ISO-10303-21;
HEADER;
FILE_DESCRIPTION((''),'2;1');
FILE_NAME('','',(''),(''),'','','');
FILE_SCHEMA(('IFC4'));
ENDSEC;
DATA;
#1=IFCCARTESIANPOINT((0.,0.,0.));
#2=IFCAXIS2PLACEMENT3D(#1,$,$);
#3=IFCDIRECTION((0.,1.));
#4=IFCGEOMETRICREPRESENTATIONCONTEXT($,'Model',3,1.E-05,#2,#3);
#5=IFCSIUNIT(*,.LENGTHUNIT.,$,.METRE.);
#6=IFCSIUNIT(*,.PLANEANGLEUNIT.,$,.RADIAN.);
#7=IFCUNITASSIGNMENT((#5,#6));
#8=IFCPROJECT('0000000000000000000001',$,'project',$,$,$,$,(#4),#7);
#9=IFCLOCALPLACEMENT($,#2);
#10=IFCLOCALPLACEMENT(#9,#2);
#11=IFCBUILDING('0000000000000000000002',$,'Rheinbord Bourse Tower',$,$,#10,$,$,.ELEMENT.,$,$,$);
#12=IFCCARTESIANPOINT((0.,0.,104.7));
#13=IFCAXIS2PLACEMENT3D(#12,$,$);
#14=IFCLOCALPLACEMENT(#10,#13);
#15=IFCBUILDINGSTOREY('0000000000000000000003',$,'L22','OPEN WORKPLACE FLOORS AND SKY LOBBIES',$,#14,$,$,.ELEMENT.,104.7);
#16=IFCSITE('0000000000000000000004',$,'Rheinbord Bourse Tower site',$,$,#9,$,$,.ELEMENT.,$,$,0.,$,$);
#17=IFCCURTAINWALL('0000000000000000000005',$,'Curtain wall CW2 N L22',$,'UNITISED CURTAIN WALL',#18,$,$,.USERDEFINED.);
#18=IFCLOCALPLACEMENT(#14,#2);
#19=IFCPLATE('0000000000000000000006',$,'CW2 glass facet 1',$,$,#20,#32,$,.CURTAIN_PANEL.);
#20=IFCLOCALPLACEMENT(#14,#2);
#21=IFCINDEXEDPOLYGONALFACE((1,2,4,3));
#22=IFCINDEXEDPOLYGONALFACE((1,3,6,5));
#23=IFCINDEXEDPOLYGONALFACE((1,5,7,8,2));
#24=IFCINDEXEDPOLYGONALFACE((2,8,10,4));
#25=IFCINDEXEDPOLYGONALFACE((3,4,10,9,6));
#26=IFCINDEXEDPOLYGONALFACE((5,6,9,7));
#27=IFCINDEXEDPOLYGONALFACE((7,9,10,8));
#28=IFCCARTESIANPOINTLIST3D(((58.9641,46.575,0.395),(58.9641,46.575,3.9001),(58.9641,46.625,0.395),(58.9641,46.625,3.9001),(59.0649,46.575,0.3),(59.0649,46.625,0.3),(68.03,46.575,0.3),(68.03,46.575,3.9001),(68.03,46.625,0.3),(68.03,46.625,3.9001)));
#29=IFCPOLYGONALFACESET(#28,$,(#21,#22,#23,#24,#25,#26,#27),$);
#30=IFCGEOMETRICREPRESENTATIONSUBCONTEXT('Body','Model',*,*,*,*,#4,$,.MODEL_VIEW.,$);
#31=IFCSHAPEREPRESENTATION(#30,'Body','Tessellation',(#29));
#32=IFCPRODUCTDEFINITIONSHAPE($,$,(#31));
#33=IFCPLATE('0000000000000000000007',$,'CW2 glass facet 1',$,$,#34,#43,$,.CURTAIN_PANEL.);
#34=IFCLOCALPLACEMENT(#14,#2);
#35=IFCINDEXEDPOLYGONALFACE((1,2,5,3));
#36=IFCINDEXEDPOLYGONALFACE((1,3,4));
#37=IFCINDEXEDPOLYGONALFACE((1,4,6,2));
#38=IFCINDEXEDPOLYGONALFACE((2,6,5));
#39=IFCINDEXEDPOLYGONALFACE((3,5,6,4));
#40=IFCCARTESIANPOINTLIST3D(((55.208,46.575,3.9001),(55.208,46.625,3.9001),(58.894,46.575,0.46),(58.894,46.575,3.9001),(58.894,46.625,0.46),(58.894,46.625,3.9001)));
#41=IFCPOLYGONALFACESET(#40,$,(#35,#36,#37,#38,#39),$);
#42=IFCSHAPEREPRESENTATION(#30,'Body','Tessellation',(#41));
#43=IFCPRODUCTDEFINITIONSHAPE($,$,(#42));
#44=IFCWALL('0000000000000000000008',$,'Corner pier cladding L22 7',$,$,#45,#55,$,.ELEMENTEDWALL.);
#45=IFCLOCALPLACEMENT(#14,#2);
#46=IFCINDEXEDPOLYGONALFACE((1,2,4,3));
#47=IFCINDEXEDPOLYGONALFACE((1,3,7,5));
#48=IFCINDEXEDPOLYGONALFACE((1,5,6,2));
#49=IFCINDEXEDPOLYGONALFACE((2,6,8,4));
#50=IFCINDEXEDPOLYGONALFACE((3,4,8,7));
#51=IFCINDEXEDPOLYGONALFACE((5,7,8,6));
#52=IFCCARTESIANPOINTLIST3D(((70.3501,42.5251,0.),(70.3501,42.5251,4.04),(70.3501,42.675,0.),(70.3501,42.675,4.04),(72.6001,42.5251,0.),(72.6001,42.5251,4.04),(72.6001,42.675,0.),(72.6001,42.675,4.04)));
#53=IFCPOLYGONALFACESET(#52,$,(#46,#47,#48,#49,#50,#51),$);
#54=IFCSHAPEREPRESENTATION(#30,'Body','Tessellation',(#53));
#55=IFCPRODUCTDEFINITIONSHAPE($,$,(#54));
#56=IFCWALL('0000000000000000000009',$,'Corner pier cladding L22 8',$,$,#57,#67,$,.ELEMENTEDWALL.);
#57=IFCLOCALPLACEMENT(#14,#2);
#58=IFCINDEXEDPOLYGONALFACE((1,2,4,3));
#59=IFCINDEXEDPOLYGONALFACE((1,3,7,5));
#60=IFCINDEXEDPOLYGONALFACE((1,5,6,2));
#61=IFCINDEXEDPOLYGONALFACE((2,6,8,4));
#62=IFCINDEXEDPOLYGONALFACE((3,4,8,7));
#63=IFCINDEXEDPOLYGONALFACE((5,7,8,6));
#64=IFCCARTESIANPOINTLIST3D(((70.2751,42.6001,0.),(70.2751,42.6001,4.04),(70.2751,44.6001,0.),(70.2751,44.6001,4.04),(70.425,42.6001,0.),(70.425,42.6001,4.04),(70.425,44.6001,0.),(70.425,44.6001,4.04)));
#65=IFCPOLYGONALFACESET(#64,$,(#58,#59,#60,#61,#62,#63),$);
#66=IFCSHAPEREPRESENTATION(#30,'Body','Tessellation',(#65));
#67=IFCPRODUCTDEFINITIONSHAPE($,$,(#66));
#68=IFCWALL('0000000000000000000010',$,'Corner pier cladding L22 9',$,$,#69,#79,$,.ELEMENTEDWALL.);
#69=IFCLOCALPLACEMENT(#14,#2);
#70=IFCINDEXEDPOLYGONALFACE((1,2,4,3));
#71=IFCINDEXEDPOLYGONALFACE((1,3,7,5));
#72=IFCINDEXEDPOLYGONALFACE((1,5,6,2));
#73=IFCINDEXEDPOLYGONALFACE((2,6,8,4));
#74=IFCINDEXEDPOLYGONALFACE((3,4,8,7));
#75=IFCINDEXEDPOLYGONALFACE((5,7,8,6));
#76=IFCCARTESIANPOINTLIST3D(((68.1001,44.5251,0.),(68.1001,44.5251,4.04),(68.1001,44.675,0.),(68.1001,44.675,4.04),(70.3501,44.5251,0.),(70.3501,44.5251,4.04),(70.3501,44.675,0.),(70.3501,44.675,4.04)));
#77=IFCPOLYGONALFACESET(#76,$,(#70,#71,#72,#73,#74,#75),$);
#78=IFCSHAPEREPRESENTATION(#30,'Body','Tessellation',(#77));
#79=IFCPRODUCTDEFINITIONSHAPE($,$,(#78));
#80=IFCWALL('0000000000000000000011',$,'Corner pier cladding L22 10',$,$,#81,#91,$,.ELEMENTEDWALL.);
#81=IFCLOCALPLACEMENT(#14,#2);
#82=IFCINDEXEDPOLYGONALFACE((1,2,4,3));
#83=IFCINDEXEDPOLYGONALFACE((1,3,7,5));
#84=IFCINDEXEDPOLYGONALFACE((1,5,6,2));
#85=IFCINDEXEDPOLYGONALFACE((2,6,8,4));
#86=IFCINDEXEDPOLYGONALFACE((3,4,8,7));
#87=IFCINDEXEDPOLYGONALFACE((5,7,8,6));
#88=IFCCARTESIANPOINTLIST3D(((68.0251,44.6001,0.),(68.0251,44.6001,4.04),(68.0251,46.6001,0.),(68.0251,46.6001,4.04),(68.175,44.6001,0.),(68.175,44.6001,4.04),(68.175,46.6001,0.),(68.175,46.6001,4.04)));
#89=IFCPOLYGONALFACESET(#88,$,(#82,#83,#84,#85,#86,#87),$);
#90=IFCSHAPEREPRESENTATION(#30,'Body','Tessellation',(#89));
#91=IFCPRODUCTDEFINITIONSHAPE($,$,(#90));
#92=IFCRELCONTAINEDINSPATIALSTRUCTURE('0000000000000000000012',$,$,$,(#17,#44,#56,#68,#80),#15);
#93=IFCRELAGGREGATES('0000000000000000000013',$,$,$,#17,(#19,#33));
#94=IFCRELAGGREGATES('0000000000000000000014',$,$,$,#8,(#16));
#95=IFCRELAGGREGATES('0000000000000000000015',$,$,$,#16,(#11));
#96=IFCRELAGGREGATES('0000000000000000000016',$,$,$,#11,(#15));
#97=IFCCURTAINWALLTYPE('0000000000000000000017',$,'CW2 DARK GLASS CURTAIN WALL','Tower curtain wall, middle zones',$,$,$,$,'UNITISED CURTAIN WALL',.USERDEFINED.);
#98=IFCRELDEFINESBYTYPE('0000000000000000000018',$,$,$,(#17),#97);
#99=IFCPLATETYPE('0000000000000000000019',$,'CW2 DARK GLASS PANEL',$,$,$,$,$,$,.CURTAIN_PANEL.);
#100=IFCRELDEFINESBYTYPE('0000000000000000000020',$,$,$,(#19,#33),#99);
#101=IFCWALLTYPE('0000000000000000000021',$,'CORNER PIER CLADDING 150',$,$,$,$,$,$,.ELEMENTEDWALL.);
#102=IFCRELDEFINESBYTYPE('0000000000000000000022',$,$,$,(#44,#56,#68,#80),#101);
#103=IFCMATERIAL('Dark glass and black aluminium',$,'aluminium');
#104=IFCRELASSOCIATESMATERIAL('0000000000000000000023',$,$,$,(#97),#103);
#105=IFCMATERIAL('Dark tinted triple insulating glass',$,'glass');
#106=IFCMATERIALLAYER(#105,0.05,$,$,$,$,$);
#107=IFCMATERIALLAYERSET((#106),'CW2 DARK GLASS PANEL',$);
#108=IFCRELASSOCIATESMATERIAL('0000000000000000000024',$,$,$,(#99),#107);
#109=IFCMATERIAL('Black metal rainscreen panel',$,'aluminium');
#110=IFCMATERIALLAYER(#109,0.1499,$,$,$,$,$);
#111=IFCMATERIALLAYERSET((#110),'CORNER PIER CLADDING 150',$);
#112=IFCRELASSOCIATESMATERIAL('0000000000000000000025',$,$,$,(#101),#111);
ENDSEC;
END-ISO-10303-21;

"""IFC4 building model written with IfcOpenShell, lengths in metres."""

from ifc_helpers import new_model, si_unit, direction, frame, frame_2d, origin, place, context, subcontext, project, spatial, polyline, rectangle, outline, extrude, material, layer, layer_set, type_object, element, aggregate, save


model = new_model("IFC4")

# Units and contexts
model_context = context("Model", 3, precision=1e-05, world=origin(), true_north=direction((0.0, 1.0)))
body_context = subcontext(model_context, "Body", "Model", "MODEL_VIEW")
ifc_project = project(units=[si_unit("LENGTHUNIT", "METRE"), si_unit("PLANEANGLEUNIT", "RADIAN")], contexts=[model_context])

# Site, building, storey
site_placement = place(None, origin())
site = spatial("IfcSite", under=ifc_project, at=site_placement, Name="Rheinbord Bourse Tower site", CompositionType="ELEMENT", RefElevation=0.0)
building_placement = place(site_placement, origin())
building = spatial("IfcBuilding", under=site, at=building_placement, Name="Rheinbord Bourse Tower", CompositionType="ELEMENT")
storey_placement = place(building_placement, frame((0.0, 0.0, 104.7)))
storey = spatial("IfcBuildingStorey", under=building, at=storey_placement, Name="L22", Description="OPEN WORKPLACE FLOORS AND SKY LOBBIES", CompositionType="ELEMENT", Elevation=104.7)

# Curtain wall
ifc_material_1 = material(Name="Dark glass and black aluminium", Category="aluminium")
curtain_wall_type = type_object("IfcCurtainWallType", Name="CW2 DARK GLASS CURTAIN WALL", Description="Tower curtain wall, middle zones", ElementType="UNITISED CURTAIN WALL", PredefinedType="USERDEFINED", material=ifc_material_1)
curtain_wall_1_placement = place(storey_placement, origin())
curtain_wall_1 = element("IfcCurtainWall", 1, at=curtain_wall_1_placement, inside=storey, type_object=curtain_wall_type, Name="Curtain wall CW2 N L22", ObjectType="UNITISED CURTAIN WALL", PredefinedType="USERDEFINED")

# Plates
ifc_material_2 = material(Name="Dark tinted triple insulating glass", Category="glass")
ifc_layer_1 = layer(ifc_material_2, 0.05)
ifc_layer_set_1 = layer_set([ifc_layer_1], Name="CW2 DARK GLASS PANEL")
plate_type = type_object("IfcPlateType", Name="CW2 DARK GLASS PANEL", PredefinedType="CURTAIN_PANEL", material=ifc_layer_set_1)
plate_1_placement = place(storey_placement, frame((68.03, 46.625, 0.3), z_axis=(0.0, -1.0, 0.0), x_axis=(0.0, 0.0, 1.0)))
plate_1 = element("IfcPlate", 2, at=plate_1_placement, type_object=plate_type, Name="CW2 glass facet 1", PredefinedType="CURTAIN_PANEL", context=body_context, shape_type="SweptSolid", body=[
    extrude(outline(polyline([(0.0, 0.0), (3.6001, 0.0), (3.6001, 9.0659), (0.095, 9.0659), (0.0, 8.9651), (0.0, 0.0)])), origin(), (0.0, 0.0, 1.0), 0.05),
])
plate_2_placement = place(storey_placement, frame((58.894, 46.625, 3.9001), z_axis=(0.0, -1.0, 0.0), x_axis=(-1.0, 0.0, 0.0)))
plate_2 = element("IfcPlate", 3, at=plate_2_placement, type_object=plate_type, Name="CW2 glass facet 1", PredefinedType="CURTAIN_PANEL", context=body_context, shape_type="SweptSolid", body=[
    extrude(outline(polyline([(0.0, 0.0), (3.686, 0.0), (0.0, 3.4402), (0.0, 0.0)])), origin(), (0.0, 0.0, 1.0), 0.05),
])
aggregate(curtain_wall_1, [plate_1, plate_2])

# Walls
ifc_material_3 = material(Name="Black metal rainscreen panel", Category="aluminium")
ifc_layer_2 = layer(ifc_material_3, 0.1499)
ifc_layer_set_2 = layer_set([ifc_layer_2], Name="CORNER PIER CLADDING 150")
wall_type = type_object("IfcWallType", Name="CORNER PIER CLADDING 150", PredefinedType="ELEMENTEDWALL", material=ifc_layer_set_2)
wall_1_placement = place(storey_placement, frame((72.6001, 42.6001, 0.0), z_axis=(0.0, 0.0, 1.0), x_axis=(-1.0, 0.0, 0.0)))
element("IfcWall", 4, at=wall_1_placement, inside=storey, type_object=wall_type, Name="Corner pier cladding L22 7", PredefinedType="ELEMENTEDWALL", context=body_context, shape_type="SweptSolid", body=[
    extrude(rectangle(XDim=2.25, YDim=0.1499, at=frame_2d((1.125, 0.0))), origin(), (0.0, 0.0, 1.0), 4.04),
])
wall_2_placement = place(storey_placement, frame((70.3501, 42.6001, 0.0), z_axis=(0.0, 0.0, 1.0), x_axis=(0.0, 1.0, 0.0)))
element("IfcWall", 5, at=wall_2_placement, inside=storey, type_object=wall_type, Name="Corner pier cladding L22 8", PredefinedType="ELEMENTEDWALL", context=body_context, shape_type="SweptSolid", body=[
    extrude(rectangle(XDim=2.0, YDim=0.1499, at=frame_2d((1.0, 0.0))), origin(), (0.0, 0.0, 1.0), 4.04),
])
wall_3_placement = place(storey_placement, frame((70.3501, 44.6001, 0.0), z_axis=(0.0, 0.0, 1.0), x_axis=(-1.0, 0.0, 0.0)))
element("IfcWall", 6, at=wall_3_placement, inside=storey, type_object=wall_type, Name="Corner pier cladding L22 9", PredefinedType="ELEMENTEDWALL", context=body_context, shape_type="SweptSolid", body=[
    extrude(rectangle(XDim=2.25, YDim=0.1499, at=frame_2d((1.125, 0.0))), origin(), (0.0, 0.0, 1.0), 4.04),
])
wall_4_placement = place(storey_placement, frame((68.1001, 44.6001, 0.0), z_axis=(0.0, 0.0, 1.0), x_axis=(0.0, 1.0, 0.0)))
element("IfcWall", 7, at=wall_4_placement, inside=storey, type_object=wall_type, Name="Corner pier cladding L22 10", PredefinedType="ELEMENTEDWALL", context=body_context, shape_type="SweptSolid", body=[
    extrude(rectangle(XDim=2.0, YDim=0.1499, at=frame_2d((1.0, 0.0))), origin(), (0.0, 0.0, 1.0), 4.04),
])

save(model, "model.ifc")
